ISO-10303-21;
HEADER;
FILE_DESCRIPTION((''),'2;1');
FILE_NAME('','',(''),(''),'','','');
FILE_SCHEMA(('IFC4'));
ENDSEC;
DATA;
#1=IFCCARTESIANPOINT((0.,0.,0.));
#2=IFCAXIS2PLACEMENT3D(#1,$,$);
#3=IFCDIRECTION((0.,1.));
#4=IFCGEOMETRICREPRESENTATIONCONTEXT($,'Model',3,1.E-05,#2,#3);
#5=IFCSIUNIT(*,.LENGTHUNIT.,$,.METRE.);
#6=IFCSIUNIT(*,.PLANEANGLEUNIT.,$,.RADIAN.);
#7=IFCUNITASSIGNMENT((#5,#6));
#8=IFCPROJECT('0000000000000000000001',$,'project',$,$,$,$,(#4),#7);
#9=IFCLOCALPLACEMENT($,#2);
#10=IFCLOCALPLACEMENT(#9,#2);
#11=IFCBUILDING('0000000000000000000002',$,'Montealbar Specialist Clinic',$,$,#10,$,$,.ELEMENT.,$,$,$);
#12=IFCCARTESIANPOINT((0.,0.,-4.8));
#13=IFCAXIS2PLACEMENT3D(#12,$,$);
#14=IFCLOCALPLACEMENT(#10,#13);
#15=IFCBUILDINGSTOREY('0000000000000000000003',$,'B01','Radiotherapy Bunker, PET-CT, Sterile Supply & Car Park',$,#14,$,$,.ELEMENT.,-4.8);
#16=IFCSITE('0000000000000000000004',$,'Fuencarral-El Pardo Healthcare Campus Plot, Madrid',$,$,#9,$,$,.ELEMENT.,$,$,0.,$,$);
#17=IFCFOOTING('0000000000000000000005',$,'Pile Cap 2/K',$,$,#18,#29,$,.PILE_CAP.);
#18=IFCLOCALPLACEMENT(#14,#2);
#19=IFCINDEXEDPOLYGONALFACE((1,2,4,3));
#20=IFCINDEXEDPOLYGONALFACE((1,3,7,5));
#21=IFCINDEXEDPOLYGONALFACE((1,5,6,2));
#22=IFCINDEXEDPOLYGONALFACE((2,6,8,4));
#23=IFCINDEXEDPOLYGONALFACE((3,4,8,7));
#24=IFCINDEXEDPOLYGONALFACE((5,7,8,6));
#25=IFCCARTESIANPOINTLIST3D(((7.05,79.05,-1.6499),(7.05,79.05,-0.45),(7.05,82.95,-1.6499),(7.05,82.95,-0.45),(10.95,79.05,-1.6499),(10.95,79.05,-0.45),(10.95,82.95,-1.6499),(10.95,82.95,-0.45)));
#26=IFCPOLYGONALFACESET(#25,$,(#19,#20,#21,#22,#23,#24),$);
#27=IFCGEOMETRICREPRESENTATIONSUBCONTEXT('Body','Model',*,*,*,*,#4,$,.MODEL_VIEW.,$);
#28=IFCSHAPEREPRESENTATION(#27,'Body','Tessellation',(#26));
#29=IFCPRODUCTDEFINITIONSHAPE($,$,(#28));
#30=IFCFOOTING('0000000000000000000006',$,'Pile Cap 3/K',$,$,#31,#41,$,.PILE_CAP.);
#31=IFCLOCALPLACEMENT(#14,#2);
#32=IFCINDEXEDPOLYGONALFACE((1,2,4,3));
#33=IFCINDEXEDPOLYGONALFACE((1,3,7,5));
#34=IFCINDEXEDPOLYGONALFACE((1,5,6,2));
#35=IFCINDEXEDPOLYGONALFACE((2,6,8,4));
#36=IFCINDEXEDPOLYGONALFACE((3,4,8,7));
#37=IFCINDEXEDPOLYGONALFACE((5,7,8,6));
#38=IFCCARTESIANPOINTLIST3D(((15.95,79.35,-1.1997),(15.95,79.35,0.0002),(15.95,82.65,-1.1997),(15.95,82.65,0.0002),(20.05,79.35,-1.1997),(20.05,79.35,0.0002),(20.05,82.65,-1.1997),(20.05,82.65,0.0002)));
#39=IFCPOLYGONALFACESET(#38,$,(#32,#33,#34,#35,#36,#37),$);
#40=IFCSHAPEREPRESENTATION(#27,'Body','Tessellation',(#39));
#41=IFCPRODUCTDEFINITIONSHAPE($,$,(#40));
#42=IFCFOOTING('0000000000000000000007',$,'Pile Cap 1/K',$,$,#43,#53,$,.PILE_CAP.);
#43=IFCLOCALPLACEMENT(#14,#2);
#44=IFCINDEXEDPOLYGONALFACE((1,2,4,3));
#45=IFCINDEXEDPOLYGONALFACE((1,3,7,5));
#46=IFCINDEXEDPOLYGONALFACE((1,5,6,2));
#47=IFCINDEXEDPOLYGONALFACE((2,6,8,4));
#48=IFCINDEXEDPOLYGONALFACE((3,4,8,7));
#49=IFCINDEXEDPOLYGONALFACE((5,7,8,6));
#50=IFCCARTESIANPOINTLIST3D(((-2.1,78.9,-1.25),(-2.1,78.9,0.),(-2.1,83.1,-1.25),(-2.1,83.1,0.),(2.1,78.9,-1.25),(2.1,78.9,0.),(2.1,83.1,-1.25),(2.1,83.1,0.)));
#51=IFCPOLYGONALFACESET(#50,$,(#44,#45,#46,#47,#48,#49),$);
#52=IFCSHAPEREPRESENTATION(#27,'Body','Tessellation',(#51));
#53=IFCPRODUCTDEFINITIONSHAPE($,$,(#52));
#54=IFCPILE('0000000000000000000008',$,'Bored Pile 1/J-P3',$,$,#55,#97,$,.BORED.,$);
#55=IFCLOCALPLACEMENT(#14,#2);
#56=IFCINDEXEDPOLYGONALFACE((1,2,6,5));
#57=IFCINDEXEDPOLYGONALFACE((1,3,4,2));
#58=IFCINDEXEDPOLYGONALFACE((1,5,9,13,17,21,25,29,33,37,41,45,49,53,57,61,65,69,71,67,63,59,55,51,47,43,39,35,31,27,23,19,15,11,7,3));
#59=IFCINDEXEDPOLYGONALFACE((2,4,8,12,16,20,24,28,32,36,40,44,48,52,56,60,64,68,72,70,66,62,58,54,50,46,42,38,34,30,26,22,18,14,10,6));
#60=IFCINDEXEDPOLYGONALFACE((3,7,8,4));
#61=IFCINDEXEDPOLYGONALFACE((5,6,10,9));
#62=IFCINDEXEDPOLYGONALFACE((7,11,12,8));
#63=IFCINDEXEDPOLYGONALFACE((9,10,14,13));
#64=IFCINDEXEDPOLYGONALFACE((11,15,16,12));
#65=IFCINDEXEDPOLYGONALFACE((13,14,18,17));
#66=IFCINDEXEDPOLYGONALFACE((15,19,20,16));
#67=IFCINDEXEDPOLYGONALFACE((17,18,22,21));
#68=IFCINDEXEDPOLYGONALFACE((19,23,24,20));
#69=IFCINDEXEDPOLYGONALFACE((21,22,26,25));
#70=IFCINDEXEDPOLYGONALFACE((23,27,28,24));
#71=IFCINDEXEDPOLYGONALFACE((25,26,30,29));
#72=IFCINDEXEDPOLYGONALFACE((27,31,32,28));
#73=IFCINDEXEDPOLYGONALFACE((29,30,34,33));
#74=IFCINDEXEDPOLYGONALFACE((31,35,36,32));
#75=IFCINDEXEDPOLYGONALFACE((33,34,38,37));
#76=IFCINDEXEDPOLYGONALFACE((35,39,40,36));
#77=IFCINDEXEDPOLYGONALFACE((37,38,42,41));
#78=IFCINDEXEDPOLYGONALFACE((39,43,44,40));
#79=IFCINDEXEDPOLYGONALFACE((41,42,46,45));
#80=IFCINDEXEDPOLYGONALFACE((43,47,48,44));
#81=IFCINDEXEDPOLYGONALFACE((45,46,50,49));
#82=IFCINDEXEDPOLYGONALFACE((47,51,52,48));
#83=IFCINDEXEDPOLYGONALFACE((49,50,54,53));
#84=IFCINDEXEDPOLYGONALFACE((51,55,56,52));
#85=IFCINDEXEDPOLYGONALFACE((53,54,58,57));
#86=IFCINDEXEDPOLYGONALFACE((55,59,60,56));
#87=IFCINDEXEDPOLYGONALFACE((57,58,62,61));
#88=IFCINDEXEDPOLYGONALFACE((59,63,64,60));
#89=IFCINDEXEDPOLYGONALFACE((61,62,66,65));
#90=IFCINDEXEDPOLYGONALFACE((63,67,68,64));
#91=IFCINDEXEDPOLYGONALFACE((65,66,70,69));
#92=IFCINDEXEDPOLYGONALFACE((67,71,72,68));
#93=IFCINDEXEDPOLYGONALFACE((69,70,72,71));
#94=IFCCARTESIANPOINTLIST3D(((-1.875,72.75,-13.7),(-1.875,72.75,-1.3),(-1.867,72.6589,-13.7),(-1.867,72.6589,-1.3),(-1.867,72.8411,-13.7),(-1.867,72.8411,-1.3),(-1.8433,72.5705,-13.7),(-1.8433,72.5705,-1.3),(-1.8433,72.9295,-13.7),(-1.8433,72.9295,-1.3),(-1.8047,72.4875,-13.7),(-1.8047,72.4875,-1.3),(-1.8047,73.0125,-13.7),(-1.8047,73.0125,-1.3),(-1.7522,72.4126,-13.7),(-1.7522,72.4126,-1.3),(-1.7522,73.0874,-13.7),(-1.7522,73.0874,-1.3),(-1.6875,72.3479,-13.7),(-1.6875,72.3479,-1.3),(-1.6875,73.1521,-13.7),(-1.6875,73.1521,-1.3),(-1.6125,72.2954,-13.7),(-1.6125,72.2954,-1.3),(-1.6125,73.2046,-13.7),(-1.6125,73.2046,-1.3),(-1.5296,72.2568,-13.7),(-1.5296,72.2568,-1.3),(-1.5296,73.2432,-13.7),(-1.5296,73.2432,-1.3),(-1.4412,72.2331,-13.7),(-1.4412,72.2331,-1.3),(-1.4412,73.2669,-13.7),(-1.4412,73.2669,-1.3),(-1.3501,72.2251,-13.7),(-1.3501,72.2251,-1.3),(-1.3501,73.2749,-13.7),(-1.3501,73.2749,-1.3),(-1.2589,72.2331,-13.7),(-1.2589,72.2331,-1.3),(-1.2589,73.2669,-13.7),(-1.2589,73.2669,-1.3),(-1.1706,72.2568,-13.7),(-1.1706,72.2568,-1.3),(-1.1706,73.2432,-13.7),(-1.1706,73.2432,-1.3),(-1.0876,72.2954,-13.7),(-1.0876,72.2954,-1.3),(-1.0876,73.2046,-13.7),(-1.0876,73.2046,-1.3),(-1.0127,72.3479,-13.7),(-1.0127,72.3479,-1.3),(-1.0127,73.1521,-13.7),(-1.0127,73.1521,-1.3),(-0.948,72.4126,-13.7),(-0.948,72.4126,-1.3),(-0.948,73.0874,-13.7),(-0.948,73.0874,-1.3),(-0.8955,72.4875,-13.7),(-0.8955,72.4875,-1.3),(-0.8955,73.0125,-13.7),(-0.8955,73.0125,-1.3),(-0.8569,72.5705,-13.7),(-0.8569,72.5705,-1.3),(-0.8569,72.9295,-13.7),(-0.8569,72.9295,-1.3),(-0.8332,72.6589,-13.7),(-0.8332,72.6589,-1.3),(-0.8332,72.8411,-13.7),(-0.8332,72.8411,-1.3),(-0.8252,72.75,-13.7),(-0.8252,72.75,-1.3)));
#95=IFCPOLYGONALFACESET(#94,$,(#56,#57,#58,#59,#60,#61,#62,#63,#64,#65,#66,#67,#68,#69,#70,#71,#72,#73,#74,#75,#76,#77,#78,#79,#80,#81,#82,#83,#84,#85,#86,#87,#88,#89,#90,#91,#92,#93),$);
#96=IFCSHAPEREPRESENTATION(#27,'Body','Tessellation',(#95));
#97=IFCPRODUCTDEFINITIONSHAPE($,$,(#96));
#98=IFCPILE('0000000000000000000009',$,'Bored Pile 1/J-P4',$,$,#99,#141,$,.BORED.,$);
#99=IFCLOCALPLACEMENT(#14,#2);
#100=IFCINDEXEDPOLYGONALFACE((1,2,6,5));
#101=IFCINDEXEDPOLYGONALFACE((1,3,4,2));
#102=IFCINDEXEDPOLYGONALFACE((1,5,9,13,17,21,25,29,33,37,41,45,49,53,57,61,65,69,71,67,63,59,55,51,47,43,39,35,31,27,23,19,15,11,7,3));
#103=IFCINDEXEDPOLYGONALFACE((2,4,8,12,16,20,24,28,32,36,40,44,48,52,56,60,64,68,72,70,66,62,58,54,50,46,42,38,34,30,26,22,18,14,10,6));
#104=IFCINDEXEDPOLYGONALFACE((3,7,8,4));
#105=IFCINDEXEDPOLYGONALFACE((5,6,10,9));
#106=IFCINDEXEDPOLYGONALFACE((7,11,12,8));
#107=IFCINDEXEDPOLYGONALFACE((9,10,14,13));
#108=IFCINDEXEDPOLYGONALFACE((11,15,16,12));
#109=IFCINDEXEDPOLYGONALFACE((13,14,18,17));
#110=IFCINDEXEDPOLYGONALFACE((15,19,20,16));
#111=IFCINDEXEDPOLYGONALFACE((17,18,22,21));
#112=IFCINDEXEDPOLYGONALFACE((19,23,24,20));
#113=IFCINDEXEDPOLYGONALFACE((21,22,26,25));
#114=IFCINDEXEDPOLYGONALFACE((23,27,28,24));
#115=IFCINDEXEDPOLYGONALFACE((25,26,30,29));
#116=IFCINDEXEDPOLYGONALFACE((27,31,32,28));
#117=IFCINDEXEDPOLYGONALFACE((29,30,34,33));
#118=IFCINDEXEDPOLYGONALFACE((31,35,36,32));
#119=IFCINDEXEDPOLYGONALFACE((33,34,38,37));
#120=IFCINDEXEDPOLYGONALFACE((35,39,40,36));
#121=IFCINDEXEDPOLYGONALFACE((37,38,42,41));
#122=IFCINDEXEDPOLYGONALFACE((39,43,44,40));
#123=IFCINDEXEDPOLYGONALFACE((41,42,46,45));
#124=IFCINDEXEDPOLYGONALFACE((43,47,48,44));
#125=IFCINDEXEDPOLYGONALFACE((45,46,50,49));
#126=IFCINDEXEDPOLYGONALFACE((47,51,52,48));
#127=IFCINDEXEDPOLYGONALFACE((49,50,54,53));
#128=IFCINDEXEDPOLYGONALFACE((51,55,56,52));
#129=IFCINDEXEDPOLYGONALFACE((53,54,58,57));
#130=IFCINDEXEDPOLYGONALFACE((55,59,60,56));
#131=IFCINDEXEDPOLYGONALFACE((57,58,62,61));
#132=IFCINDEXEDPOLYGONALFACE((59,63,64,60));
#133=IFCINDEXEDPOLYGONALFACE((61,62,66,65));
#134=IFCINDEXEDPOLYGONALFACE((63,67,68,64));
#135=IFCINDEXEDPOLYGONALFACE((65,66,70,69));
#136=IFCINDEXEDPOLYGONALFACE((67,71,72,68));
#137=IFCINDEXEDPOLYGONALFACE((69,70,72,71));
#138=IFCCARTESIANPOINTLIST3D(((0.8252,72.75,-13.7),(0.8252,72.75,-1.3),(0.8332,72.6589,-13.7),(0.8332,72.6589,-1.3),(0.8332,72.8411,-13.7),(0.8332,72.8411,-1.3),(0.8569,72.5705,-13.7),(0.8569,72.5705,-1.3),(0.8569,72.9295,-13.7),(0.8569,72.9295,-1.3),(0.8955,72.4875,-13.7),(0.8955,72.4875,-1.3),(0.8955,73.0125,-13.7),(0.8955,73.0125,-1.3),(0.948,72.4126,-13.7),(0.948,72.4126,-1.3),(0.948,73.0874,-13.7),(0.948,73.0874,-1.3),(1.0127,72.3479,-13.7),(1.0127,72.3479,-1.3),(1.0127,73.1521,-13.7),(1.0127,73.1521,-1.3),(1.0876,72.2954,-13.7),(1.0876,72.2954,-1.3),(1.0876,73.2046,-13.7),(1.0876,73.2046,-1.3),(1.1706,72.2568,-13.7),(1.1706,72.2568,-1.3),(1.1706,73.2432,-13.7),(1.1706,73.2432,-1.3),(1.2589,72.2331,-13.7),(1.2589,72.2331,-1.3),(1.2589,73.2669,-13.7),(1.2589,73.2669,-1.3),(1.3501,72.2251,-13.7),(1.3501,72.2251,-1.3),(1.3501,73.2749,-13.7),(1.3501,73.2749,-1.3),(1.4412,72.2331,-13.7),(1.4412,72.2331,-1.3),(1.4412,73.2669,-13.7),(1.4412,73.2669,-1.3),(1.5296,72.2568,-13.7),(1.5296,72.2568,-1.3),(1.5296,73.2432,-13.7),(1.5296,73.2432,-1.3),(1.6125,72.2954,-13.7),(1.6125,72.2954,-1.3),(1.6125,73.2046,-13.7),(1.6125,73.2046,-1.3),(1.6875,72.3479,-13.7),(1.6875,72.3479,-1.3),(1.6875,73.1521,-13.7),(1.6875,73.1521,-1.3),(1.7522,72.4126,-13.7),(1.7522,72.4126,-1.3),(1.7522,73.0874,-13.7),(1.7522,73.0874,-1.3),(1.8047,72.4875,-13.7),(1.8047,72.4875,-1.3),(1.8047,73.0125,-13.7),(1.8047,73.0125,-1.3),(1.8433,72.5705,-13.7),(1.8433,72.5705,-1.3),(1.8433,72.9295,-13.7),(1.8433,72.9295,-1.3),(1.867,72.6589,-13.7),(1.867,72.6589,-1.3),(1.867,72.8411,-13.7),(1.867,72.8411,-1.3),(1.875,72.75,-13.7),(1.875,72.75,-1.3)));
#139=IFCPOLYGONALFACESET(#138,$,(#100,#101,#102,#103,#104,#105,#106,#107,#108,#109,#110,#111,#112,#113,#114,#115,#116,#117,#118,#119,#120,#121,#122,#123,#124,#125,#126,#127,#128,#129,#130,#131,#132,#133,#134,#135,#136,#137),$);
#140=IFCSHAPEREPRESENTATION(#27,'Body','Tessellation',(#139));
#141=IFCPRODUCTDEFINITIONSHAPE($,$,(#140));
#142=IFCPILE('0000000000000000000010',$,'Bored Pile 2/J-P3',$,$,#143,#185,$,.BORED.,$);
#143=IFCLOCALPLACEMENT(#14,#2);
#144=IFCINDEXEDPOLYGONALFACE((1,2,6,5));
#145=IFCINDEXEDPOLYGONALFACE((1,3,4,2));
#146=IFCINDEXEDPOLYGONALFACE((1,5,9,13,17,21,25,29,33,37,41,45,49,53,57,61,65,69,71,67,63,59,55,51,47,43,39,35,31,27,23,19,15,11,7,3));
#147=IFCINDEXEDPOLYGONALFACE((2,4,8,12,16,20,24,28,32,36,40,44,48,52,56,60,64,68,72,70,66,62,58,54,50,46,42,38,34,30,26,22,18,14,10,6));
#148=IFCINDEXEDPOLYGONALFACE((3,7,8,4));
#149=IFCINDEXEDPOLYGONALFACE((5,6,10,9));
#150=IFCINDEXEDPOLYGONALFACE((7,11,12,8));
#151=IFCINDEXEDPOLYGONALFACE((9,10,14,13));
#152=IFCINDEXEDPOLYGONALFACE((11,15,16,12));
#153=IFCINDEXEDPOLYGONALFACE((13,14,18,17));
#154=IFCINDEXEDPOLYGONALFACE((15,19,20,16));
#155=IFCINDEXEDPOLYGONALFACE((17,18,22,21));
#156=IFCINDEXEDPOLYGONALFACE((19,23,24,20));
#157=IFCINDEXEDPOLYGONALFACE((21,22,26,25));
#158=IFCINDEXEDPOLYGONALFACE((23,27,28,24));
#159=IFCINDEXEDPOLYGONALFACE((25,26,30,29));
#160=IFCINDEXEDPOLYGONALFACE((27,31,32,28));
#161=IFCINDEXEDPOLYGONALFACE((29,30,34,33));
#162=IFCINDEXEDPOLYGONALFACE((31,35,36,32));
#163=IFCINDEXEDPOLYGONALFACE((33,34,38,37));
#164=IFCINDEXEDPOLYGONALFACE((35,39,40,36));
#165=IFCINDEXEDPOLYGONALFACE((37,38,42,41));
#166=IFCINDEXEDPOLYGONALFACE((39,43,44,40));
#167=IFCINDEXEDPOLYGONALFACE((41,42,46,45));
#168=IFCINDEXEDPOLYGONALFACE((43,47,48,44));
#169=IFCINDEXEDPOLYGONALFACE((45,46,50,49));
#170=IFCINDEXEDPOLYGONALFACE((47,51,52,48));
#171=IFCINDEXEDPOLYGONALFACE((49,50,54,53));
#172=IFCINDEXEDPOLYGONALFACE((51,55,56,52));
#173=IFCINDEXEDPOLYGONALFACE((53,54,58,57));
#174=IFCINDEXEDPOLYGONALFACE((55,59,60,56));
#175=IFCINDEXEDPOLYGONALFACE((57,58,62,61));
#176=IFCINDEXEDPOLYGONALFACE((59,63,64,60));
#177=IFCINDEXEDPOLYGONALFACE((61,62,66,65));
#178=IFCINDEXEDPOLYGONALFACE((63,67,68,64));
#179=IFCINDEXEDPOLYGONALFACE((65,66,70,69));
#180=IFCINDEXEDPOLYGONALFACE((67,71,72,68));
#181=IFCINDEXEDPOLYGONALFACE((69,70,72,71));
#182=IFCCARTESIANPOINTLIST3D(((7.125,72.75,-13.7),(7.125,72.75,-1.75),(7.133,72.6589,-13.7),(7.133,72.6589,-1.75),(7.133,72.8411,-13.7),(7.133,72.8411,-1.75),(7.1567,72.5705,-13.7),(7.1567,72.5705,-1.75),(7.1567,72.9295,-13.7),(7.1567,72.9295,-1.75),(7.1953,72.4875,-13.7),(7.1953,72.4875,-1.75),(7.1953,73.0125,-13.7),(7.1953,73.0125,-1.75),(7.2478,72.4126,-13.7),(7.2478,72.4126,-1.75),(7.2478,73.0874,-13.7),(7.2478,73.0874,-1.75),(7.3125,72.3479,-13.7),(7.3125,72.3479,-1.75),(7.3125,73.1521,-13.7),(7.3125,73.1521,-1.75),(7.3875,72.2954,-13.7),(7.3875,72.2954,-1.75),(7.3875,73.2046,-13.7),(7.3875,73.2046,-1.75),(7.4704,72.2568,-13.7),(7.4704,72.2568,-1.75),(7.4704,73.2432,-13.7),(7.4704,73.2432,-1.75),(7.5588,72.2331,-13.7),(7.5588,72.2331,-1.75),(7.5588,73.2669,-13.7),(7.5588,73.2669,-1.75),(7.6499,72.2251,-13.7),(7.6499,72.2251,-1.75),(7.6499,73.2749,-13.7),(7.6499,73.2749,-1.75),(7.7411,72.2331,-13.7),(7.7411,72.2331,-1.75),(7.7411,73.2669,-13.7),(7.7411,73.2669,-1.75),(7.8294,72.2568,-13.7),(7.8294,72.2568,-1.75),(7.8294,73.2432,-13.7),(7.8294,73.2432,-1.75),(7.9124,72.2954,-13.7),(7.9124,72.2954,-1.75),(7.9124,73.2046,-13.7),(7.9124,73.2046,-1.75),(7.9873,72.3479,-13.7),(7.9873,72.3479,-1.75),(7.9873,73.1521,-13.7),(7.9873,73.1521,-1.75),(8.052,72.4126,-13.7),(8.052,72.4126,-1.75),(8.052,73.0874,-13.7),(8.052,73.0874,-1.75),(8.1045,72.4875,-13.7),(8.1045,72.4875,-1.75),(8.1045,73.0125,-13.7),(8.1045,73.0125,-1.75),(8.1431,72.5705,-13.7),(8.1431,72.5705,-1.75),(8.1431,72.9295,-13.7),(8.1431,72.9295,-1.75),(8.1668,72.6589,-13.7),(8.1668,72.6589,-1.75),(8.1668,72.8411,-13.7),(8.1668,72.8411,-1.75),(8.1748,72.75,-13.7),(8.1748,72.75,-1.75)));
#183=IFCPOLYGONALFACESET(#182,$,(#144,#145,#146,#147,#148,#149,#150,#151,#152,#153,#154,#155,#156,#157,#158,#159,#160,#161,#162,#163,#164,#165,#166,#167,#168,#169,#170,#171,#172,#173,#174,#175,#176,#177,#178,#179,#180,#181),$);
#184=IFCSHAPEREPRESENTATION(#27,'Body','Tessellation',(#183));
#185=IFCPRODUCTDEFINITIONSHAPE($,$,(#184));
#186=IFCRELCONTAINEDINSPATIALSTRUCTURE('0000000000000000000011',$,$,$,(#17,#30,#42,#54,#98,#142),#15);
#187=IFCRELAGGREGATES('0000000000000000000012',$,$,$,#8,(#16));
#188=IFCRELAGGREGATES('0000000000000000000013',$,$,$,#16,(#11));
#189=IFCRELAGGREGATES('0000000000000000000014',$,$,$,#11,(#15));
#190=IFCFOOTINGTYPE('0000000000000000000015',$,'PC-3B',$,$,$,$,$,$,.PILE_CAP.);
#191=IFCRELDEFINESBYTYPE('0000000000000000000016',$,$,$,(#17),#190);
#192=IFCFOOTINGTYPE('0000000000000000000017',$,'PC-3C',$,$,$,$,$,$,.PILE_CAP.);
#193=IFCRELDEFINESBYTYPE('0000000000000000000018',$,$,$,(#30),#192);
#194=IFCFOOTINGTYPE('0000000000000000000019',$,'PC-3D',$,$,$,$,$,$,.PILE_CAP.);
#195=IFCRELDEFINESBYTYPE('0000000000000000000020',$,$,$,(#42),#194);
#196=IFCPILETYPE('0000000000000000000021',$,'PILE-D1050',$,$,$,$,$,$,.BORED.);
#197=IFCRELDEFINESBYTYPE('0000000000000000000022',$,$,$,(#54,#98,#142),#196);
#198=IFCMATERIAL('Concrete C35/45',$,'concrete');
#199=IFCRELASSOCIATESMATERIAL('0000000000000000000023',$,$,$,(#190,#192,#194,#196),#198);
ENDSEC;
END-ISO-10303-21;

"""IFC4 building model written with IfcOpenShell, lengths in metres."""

from ifc_helpers import new_model, si_unit, direction, frame, origin, origin_2d, place, context, subcontext, project, spatial, rectangle, circle, extrude, material, material_profile, profile_set, type_object, element, save


model = new_model("IFC4")

# Units and contexts
model_context = context("Model", 3, precision=1e-05, world=origin(), true_north=direction((0.0, 1.0)))
body_context = subcontext(model_context, "Body", "Model", "MODEL_VIEW")
ifc_project = project(units=[si_unit("LENGTHUNIT", "METRE"), si_unit("PLANEANGLEUNIT", "RADIAN")], contexts=[model_context])

# Site, building, storey
site_placement = place(None, origin())
site = spatial("IfcSite", under=ifc_project, at=site_placement, Name="Fuencarral-El Pardo Healthcare Campus Plot, Madrid", CompositionType="ELEMENT", RefElevation=0.0)
building_placement = place(site_placement, origin())
building = spatial("IfcBuilding", under=site, at=building_placement, Name="Montealbar Specialist Clinic", CompositionType="ELEMENT")
storey_placement = place(building_placement, frame((0.0, 0.0, -4.8)))
storey = spatial("IfcBuildingStorey", under=building, at=storey_placement, Name="B01", Description="Radiotherapy Bunker, PET-CT, Sterile Supply & Car Park", CompositionType="ELEMENT", Elevation=-4.8)

# Footings
ifc_material_1 = material(Name="Concrete C35/45", Category="concrete")
footing_type_1 = type_object("IfcFootingType", Name="PC-3B", PredefinedType="PILE_CAP", material=ifc_material_1)
footing_1_placement = place(storey_placement, frame((9.0, 81.0, -1.6499), z_axis=(0.0, 0.0, 1.0), x_axis=(1.0, 0.0, 0.0)))
element("IfcFooting", 1, at=footing_1_placement, inside=storey, type_object=footing_type_1, Name="Pile Cap 2/K", PredefinedType="PILE_CAP", context=body_context, shape_type="SweptSolid", body=[
    extrude(rectangle(XDim=3.8999, YDim=3.8999, at=origin_2d()), origin(), (0.0, 0.0, 1.0), 1.2),
])
footing_type_2 = type_object("IfcFootingType", Name="PC-3C", PredefinedType="PILE_CAP", material=ifc_material_1)
footing_2_placement = place(storey_placement, frame((18.0, 81.0, -1.1997), z_axis=(0.0, 0.0, 1.0), x_axis=(1.0, 0.0, 0.0)))
element("IfcFooting", 2, at=footing_2_placement, inside=storey, type_object=footing_type_2, Name="Pile Cap 3/K", PredefinedType="PILE_CAP", context=body_context, shape_type="SweptSolid", body=[
    extrude(rectangle(XDim=4.1001, YDim=3.3, at=origin_2d()), origin(), (0.0, 0.0, 1.0), 1.2),
])
footing_type_3 = type_object("IfcFootingType", Name="PC-3D", PredefinedType="PILE_CAP", material=ifc_material_1)
footing_3_placement = place(storey_placement, frame((0.0, 81.0, -1.25), z_axis=(0.0, 0.0, 1.0), x_axis=(1.0, 0.0, 0.0)))
element("IfcFooting", 3, at=footing_3_placement, inside=storey, type_object=footing_type_3, Name="Pile Cap 1/K", PredefinedType="PILE_CAP", context=body_context, shape_type="SweptSolid", body=[
    extrude(rectangle(XDim=4.2, YDim=4.2, at=origin_2d()), origin(), (0.0, 0.0, 1.0), 1.25),
])

# Piles
ifc_material_profile_1 = material_profile(ifc_material_1, circle(Radius=0.5249, at=origin_2d()), Name="PILE D1050", Category="concrete")
ifc_profile_set_1 = profile_set([ifc_material_profile_1], Name="Concrete C35/45")
pile_type_1 = type_object("IfcPileType", Name="PILE-D1050", PredefinedType="BORED", material=ifc_profile_set_1)
for number, where, z_axis, x_axis, name in (
    (4, (-1.3501, 72.75, -1.3), (0.0, 0.0, -1.0), (1.0, 0.0, 0.0), "Bored Pile 1/J-P3"),
    (5, (1.3501, 72.75, -1.3), (0.0, 0.0, -1.0), (1.0, 0.0, 0.0), "Bored Pile 1/J-P4"),
):
    element("IfcPile", number, at=place(storey_placement, frame(where, z_axis=z_axis, x_axis=x_axis)), inside=storey, type_object=pile_type_1, Name=name, PredefinedType="BORED", context=body_context, shape_type="SweptSolid", body=[
        extrude(circle(Radius=0.5249, at=origin_2d()), origin(), (0.0, 0.0, 1.0), 12.3999),
    ])
for number, where, z_axis, x_axis, name in (
    (6, (7.6499, 72.75, -1.75), (0.0, 0.0, -1.0), (1.0, 0.0, 0.0), "Bored Pile 2/J-P3"),
):
    element("IfcPile", number, at=place(storey_placement, frame(where, z_axis=z_axis, x_axis=x_axis)), inside=storey, type_object=pile_type_1, Name=name, PredefinedType="BORED", context=body_context, shape_type="SweptSolid", body=[
        extrude(circle(Radius=0.5249, at=origin_2d()), origin(), (0.0, 0.0, 1.0), 11.95),
    ])

save(model, "model.ifc")
